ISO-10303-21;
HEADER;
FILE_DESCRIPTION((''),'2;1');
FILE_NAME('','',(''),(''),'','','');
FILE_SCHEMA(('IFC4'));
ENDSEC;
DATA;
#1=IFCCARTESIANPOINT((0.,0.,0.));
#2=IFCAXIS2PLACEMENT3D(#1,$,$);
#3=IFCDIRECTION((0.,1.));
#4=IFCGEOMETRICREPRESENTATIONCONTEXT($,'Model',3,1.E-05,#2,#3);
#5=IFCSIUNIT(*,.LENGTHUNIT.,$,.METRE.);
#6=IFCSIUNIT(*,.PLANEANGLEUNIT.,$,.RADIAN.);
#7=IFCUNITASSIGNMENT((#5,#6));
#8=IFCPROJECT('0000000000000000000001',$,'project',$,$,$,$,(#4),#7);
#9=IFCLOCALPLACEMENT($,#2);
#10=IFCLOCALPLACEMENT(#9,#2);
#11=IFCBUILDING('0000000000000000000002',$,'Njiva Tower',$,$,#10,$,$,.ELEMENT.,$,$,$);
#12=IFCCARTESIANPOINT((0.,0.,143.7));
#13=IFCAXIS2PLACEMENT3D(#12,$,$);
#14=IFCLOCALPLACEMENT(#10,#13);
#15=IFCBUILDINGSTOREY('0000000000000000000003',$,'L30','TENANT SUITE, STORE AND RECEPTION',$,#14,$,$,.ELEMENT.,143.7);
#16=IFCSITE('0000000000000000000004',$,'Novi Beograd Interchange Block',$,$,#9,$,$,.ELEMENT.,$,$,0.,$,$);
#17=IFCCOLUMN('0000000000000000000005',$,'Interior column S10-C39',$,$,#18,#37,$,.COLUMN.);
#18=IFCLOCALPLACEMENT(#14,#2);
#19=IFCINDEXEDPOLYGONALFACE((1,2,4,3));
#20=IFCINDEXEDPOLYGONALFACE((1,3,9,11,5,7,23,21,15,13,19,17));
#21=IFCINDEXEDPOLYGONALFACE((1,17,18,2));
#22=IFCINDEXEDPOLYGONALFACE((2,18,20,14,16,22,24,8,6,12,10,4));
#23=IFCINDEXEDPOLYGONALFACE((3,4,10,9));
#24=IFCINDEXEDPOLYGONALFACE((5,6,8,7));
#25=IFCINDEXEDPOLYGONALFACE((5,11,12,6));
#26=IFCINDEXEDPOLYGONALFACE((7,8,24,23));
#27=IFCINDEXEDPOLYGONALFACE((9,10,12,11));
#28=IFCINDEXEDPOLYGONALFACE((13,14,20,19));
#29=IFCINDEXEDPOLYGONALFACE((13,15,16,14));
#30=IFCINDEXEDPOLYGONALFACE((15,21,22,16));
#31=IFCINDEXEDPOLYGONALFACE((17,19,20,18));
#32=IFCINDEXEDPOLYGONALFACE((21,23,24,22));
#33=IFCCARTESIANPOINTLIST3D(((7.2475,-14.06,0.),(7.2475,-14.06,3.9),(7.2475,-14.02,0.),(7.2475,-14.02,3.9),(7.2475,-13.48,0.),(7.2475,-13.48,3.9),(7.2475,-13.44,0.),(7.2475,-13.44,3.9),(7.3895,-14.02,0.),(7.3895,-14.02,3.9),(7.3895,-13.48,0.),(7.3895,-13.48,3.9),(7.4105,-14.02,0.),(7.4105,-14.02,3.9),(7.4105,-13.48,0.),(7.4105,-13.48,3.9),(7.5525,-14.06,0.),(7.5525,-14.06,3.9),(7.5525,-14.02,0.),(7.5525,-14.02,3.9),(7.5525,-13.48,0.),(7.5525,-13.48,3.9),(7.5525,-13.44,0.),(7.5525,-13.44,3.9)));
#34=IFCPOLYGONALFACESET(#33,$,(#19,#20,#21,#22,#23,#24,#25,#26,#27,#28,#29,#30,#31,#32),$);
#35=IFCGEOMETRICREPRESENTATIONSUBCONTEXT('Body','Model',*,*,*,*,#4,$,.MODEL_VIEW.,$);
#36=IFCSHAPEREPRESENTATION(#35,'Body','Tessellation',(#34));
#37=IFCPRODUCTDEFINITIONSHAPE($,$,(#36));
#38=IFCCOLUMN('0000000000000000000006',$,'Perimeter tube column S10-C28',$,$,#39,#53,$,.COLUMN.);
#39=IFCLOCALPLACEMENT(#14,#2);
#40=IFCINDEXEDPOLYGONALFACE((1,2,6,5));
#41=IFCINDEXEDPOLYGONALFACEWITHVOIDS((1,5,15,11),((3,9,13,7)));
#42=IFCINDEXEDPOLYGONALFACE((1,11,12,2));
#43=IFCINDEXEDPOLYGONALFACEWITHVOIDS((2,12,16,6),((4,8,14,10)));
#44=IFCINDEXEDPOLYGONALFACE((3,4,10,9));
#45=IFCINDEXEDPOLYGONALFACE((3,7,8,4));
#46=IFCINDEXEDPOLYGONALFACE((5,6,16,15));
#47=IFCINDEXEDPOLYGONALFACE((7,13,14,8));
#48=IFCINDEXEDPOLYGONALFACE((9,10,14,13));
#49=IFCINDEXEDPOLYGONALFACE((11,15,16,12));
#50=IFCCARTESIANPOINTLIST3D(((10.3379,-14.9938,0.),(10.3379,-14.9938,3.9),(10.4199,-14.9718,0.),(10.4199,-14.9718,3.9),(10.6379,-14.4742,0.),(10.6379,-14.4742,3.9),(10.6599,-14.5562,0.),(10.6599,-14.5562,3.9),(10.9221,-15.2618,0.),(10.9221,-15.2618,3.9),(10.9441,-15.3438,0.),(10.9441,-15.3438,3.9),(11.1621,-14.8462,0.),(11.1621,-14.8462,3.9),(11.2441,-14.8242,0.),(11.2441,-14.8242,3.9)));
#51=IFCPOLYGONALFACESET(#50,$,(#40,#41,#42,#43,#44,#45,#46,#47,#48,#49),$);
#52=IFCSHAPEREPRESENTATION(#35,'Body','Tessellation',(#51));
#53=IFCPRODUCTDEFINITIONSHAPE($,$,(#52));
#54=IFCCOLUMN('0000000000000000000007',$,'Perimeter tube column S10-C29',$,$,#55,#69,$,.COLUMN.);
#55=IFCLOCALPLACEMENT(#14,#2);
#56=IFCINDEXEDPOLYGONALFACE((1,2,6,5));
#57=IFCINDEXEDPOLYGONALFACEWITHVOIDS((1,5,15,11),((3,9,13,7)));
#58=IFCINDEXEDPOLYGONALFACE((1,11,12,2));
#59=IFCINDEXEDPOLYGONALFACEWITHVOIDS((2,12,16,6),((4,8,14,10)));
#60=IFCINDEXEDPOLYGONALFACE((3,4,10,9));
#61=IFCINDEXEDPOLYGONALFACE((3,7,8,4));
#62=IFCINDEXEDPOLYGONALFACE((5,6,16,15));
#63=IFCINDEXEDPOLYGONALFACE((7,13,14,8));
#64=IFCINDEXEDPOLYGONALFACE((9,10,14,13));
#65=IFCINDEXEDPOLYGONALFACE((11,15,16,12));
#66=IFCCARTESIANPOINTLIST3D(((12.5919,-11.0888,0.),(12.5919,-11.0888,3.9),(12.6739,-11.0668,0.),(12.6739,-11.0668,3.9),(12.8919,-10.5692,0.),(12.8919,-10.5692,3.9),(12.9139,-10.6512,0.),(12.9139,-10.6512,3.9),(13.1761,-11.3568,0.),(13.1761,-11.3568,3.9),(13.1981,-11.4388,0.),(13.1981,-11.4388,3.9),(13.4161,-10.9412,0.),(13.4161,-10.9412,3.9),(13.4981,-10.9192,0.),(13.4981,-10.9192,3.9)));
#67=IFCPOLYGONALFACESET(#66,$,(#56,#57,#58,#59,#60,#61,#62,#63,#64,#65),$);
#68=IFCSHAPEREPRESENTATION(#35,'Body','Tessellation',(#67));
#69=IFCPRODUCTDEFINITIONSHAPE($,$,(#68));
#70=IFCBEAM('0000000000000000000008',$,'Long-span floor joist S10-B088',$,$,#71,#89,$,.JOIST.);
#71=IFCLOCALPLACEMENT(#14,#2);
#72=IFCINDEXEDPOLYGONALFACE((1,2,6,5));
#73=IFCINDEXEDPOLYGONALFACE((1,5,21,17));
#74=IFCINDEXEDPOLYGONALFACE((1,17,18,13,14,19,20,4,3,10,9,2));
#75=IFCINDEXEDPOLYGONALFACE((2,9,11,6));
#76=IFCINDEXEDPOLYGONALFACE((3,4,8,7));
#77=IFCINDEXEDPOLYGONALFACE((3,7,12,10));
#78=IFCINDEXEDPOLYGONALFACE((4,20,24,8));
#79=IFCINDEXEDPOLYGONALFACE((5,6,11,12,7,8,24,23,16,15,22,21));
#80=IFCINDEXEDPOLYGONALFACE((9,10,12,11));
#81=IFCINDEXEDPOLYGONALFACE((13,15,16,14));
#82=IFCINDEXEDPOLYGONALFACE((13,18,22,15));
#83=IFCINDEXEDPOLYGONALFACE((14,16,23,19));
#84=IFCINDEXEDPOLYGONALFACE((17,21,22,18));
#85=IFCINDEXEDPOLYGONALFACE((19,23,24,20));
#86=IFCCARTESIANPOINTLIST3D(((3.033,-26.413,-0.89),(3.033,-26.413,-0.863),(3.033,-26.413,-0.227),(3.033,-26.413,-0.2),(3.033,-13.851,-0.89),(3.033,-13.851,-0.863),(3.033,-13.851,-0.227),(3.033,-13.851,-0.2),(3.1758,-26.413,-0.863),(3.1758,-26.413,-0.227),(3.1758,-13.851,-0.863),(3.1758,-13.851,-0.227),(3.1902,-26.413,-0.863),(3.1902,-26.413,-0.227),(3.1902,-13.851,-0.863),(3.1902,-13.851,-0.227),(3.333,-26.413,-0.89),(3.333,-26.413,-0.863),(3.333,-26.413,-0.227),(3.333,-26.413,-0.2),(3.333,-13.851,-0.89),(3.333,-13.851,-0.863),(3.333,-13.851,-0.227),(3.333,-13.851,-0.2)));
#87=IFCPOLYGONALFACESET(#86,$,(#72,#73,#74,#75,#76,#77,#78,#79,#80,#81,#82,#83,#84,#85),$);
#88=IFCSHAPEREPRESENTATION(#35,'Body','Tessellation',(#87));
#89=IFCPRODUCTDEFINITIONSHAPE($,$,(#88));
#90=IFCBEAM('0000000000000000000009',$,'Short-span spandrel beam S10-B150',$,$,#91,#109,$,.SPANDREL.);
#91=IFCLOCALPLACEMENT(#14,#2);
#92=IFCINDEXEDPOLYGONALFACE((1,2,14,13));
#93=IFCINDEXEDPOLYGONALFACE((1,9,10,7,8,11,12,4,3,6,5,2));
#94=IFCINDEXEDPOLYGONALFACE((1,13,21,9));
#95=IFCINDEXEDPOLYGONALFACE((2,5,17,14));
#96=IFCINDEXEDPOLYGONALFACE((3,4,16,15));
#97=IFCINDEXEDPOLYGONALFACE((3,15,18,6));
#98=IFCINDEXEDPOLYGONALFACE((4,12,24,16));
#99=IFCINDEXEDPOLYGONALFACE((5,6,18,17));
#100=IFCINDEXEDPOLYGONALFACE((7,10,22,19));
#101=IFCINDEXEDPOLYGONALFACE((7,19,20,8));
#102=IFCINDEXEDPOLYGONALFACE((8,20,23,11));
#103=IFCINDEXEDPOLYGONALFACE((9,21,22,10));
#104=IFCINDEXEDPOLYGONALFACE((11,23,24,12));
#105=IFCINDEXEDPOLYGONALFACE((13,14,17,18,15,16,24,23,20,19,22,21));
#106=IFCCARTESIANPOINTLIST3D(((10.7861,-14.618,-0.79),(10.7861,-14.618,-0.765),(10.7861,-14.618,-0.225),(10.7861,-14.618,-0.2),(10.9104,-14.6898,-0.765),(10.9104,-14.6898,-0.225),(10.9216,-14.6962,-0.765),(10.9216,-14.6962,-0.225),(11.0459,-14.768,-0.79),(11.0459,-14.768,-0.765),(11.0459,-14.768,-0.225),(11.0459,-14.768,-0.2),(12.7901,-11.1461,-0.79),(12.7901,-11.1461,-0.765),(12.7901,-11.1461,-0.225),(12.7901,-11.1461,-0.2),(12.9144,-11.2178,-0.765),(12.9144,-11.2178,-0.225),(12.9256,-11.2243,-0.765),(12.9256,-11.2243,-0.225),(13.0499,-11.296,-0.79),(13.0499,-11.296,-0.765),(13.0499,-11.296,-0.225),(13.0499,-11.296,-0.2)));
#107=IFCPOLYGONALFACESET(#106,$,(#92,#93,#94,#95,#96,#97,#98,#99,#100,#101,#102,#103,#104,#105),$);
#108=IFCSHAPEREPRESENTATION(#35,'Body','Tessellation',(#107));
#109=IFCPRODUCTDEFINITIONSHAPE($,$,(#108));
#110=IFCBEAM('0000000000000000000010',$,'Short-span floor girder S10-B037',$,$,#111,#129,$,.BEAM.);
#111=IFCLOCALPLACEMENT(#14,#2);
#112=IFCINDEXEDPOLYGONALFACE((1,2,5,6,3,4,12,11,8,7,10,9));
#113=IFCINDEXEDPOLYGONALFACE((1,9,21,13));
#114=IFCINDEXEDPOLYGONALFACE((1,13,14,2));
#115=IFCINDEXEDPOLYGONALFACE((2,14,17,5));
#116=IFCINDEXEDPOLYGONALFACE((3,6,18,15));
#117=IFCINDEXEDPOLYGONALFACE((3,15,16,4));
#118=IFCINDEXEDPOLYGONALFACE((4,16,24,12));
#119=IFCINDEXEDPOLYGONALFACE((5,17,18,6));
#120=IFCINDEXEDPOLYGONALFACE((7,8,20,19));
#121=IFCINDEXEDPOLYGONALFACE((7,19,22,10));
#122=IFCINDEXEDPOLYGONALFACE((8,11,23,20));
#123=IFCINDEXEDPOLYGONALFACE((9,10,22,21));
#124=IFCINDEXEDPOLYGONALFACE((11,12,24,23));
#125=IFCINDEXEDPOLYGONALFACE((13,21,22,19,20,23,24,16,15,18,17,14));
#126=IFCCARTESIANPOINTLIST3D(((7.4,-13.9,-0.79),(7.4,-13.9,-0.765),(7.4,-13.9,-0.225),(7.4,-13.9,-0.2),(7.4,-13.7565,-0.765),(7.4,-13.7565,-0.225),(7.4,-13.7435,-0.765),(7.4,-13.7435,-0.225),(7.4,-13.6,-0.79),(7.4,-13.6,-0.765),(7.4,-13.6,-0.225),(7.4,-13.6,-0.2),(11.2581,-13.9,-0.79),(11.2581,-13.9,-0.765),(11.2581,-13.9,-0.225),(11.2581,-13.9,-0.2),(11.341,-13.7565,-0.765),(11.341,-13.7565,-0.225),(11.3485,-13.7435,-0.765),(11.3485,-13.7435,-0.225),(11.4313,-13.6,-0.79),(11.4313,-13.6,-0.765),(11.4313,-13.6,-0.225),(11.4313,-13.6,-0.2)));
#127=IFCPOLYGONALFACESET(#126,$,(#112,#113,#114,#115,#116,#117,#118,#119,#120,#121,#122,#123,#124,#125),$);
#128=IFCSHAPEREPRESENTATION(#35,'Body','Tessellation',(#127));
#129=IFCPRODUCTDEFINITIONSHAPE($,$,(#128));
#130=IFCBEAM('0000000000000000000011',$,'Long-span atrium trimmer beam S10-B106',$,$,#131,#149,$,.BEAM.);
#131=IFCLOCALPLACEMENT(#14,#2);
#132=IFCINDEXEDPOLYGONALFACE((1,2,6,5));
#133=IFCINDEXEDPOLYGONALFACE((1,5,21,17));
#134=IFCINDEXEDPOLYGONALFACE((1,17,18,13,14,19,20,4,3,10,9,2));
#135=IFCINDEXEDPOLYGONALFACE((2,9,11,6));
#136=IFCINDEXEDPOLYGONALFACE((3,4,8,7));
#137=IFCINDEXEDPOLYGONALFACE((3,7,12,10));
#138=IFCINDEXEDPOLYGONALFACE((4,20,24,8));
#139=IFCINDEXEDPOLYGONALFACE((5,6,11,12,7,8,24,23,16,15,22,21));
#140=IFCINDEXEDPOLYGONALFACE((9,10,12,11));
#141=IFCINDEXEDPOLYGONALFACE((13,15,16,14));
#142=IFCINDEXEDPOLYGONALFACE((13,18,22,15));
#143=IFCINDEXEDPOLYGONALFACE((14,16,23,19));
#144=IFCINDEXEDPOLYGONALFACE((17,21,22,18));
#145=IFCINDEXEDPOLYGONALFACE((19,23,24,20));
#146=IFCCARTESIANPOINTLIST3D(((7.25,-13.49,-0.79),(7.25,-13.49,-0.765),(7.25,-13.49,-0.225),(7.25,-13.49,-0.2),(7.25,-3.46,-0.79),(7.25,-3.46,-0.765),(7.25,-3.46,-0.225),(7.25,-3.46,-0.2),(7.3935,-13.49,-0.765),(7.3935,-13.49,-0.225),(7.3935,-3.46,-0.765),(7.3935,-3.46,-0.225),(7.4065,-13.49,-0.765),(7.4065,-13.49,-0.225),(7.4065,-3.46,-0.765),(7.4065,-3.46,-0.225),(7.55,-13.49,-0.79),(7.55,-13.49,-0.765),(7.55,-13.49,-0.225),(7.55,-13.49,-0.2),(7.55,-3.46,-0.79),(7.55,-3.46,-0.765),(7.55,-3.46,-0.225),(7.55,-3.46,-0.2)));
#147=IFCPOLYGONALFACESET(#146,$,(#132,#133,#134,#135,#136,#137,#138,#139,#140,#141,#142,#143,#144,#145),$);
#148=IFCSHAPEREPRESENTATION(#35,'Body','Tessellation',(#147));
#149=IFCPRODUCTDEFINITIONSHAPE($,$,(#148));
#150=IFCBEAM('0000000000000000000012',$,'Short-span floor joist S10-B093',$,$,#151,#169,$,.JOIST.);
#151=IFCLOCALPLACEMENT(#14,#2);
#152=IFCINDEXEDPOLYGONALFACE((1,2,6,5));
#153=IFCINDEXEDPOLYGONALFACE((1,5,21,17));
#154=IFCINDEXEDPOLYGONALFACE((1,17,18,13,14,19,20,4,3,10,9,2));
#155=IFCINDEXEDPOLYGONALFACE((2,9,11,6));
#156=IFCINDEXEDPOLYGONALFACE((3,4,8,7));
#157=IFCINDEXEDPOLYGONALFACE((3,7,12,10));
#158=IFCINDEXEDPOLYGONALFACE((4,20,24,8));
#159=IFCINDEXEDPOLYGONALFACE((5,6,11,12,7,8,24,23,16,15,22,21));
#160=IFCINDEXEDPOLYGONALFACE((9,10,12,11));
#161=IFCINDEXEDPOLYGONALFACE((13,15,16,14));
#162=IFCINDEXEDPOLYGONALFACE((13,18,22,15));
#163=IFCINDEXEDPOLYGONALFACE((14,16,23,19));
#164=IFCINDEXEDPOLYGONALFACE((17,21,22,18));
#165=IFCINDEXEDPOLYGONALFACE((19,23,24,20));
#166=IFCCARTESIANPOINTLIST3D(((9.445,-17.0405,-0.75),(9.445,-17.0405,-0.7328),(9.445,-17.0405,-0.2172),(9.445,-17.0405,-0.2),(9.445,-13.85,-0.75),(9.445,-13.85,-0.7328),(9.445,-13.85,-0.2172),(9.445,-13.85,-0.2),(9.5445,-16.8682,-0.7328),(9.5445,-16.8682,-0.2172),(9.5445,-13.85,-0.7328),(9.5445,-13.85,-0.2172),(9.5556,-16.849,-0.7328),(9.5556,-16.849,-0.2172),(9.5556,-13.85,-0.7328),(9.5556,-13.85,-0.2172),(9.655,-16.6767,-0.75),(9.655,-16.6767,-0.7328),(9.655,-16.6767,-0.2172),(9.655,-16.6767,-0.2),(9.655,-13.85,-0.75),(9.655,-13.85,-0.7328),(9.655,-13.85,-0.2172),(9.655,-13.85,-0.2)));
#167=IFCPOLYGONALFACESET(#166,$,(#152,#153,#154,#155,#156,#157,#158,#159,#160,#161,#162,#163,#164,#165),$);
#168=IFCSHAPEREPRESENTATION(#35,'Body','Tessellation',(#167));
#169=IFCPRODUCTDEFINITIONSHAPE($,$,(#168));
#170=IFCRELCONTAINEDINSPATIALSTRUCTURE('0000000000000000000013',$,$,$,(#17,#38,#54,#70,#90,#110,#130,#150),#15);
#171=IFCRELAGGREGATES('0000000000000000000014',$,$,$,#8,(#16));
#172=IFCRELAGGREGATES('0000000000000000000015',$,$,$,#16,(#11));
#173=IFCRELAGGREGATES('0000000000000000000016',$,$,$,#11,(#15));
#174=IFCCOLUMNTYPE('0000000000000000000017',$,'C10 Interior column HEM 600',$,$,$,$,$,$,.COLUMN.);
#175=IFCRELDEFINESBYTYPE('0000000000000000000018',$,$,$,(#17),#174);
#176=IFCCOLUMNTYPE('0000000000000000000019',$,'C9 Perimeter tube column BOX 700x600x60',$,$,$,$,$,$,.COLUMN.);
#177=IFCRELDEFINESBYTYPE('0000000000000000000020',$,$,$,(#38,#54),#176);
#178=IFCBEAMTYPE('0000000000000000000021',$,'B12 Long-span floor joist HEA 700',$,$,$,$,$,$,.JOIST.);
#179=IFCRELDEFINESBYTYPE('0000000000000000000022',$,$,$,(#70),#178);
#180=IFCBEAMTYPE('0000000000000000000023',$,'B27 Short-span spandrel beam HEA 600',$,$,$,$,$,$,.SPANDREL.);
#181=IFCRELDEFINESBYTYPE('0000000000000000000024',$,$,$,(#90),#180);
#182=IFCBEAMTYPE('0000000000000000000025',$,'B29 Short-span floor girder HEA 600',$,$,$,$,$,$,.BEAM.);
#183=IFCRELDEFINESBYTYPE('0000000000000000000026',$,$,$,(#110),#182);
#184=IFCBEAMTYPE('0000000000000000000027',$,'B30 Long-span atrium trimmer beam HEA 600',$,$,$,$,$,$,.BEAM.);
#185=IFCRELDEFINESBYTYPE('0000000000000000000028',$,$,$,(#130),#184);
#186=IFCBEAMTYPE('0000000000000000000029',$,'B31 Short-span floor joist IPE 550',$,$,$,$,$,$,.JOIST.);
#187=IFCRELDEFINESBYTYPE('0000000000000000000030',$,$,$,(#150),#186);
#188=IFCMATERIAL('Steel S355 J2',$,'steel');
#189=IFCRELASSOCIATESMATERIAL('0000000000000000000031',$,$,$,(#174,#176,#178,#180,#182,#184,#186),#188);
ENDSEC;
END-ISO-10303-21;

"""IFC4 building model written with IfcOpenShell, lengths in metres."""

from ifc_helpers import new_model, si_unit, direction, frame, origin, origin_2d, place, context, subcontext, project, spatial, hollow_rectangle, i_section, extrude, clip, halfspace, material, material_profile, profile_set, type_object, element, save


model = new_model("IFC4")

# Units and contexts
model_context = context("Model", 3, precision=1e-05, world=origin(), true_north=direction((0.0, 1.0)))
body_context = subcontext(model_context, "Body", "Model", "MODEL_VIEW")
ifc_project = project(units=[si_unit("LENGTHUNIT", "METRE"), si_unit("PLANEANGLEUNIT", "RADIAN")], contexts=[model_context])

# Site, building, storey
site_placement = place(None, origin())
site = spatial("IfcSite", under=ifc_project, at=site_placement, Name="Novi Beograd Interchange Block", CompositionType="ELEMENT", RefElevation=0.0)
building_placement = place(site_placement, origin())
building = spatial("IfcBuilding", under=site, at=building_placement, Name="Njiva Tower", CompositionType="ELEMENT")
storey_placement = place(building_placement, frame((0.0, 0.0, 143.7)))
storey = spatial("IfcBuildingStorey", under=building, at=storey_placement, Name="L30", Description="TENANT SUITE, STORE AND RECEPTION", CompositionType="ELEMENT", Elevation=143.7)

# Columns
ifc_material_1 = material(Name="Steel S355 J2", Category="steel")
ifc_material_profile_1 = material_profile(ifc_material_1, i_section(OverallWidth=0.305, OverallDepth=0.62, WebThickness=0.021, FlangeThickness=0.04, at=origin_2d()), Name="HEM 600")
ifc_profile_set_1 = profile_set([ifc_material_profile_1], Name="Steel S355 J2")
column_type_1 = type_object("IfcColumnType", Name="C10 Interior column HEM 600", PredefinedType="COLUMN", material=ifc_profile_set_1)
column_placement = place(storey_placement, frame((7.4, -13.75, 0.0), z_axis=(0.0, 0.0, 1.0), x_axis=(1.0, 0.0, 0.0)))
element("IfcColumn", 1, at=column_placement, inside=storey, type_object=column_type_1, Name="Interior column S10-C39", PredefinedType="COLUMN", context=body_context, shape_type="SweptSolid", body=[
    extrude(i_section(OverallWidth=0.305, OverallDepth=0.62, WebThickness=0.021, FlangeThickness=0.04, at=origin_2d()), origin(), (0.0, 0.0, 1.0), 3.9),
])
ifc_material_profile_2 = material_profile(ifc_material_1, hollow_rectangle(XDim=0.6, YDim=0.7, WallThickness=0.06, at=origin_2d()), Name="BOX 700x600x60")
ifc_profile_set_2 = profile_set([ifc_material_profile_2], Name="Steel S355 J2")
column_type_2 = type_object("IfcColumnType", Name="C9 Perimeter tube column BOX 700x600x60", PredefinedType="COLUMN", material=ifc_profile_set_2)
for number, where, z_axis, x_axis, name in (
    (2, (10.791, -14.909, 0.0), (0.0, 0.0, 1.0), (0.5, 0.866025, 0.0), "Perimeter tube column S10-C28"),
    (3, (13.045, -11.004, 0.0), (0.0, 0.0, 1.0), (0.5, 0.866025, 0.0), "Perimeter tube column S10-C29"),
):
    element("IfcColumn", number, at=place(storey_placement, frame(where, z_axis=z_axis, x_axis=x_axis)), inside=storey, type_object=column_type_2, Name=name, PredefinedType="COLUMN", context=body_context, shape_type="SweptSolid", body=[
        extrude(hollow_rectangle(XDim=0.6, YDim=0.7, WallThickness=0.06, at=origin_2d()), origin(), (0.0, 0.0, 1.0), 3.9),
    ])

# Beams
ifc_material_profile_3 = material_profile(ifc_material_1, i_section(OverallWidth=0.3, OverallDepth=0.69, WebThickness=0.0145, FlangeThickness=0.027, at=origin_2d()), Name="HEA 700")
ifc_profile_set_3 = profile_set([ifc_material_profile_3], Name="Steel S355 J2")
beam_type_1 = type_object("IfcBeamType", Name="B12 Long-span floor joist HEA 700", PredefinedType="JOIST", material=ifc_profile_set_3)
beam_1_placement = place(storey_placement, frame((3.183, -13.851, -0.545), z_axis=(0.0, -1.0, 0.0), x_axis=(1.0, 0.0, 0.0)))
element("IfcBeam", 4, at=beam_1_placement, inside=storey, type_object=beam_type_1, Name="Long-span floor joist S10-B088", PredefinedType="JOIST", context=body_context, shape_type="SweptSolid", body=[
    extrude(i_section(OverallWidth=0.3, OverallDepth=0.69, WebThickness=0.0145, FlangeThickness=0.027, at=origin_2d()), origin(), (0.0, 0.0, 1.0), 12.562),
])
ifc_material_profile_4 = material_profile(ifc_material_1, i_section(OverallWidth=0.3, OverallDepth=0.59, WebThickness=0.013, FlangeThickness=0.025, at=origin_2d()), Name="HEA 600")
ifc_profile_set_4 = profile_set([ifc_material_profile_4], Name="Steel S355 J2")
beam_type_2 = type_object("IfcBeamType", Name="B27 Short-span spandrel beam HEA 600", PredefinedType="SPANDREL", material=ifc_profile_set_4)
beam_2_placement = place(storey_placement, frame((10.916, -14.693, -0.495), z_axis=(0.499895, 0.866086, 0.0), x_axis=(-0.866086, 0.499895, 0.0)))
element("IfcBeam", 5, at=beam_2_placement, inside=storey, type_object=beam_type_2, Name="Short-span spandrel beam S10-B150", PredefinedType="SPANDREL", context=body_context, shape_type="SweptSolid", body=[
    extrude(i_section(OverallWidth=0.3, OverallDepth=0.59, WebThickness=0.013, FlangeThickness=0.025, at=origin_2d()), origin(), (0.0, 0.0, 1.0), 4.0088),
])
ifc_material_profile_5 = material_profile(ifc_material_1, i_section(OverallWidth=0.3, OverallDepth=0.59, WebThickness=0.013, FlangeThickness=0.025, at=origin_2d()), Name="HEA 600")
ifc_profile_set_5 = profile_set([ifc_material_profile_5], Name="Steel S355 J2")
beam_type_3 = type_object("IfcBeamType", Name="B29 Short-span floor girder HEA 600", PredefinedType="BEAM", material=ifc_profile_set_5)
beam_3_placement = place(storey_placement, frame((7.4, -13.75, -0.495), z_axis=(1.0, 0.0, 0.0), x_axis=(0.0, 1.0, 0.0)))
element("IfcBeam", 6, at=beam_3_placement, inside=storey, type_object=beam_type_3, Name="Short-span floor girder S10-B037", PredefinedType="BEAM", context=body_context, shape_type="Clipping", body=[
    clip(extrude(i_section(OverallWidth=0.3, OverallDepth=0.59, WebThickness=0.013, FlangeThickness=0.025, at=origin_2d()), origin(), (0.0, 0.0, 1.0), 4.052), halfspace(frame((-0.025, 0.0, 3.9303), z_axis=(-0.499998, 0.0, 0.866027), x_axis=(0.0, 1.0, 0.0)), False)),
])
ifc_material_profile_6 = material_profile(ifc_material_1, i_section(OverallWidth=0.3, OverallDepth=0.59, WebThickness=0.013, FlangeThickness=0.025, at=origin_2d()), Name="HEA 600")
ifc_profile_set_6 = profile_set([ifc_material_profile_6], Name="Steel S355 J2")
beam_type_4 = type_object("IfcBeamType", Name="B30 Long-span atrium trimmer beam HEA 600", PredefinedType="BEAM", material=ifc_profile_set_6)
beam_4_placement = place(storey_placement, frame((7.4, -13.49, -0.495), z_axis=(0.0, 1.0, 0.0), x_axis=(-1.0, 0.0, 0.0)))
element("IfcBeam", 7, at=beam_4_placement, inside=storey, type_object=beam_type_4, Name="Long-span atrium trimmer beam S10-B106", PredefinedType="BEAM", context=body_context, shape_type="SweptSolid", body=[
    extrude(i_section(OverallWidth=0.3, OverallDepth=0.59, WebThickness=0.013, FlangeThickness=0.025, at=origin_2d()), origin(), (0.0, 0.0, 1.0), 10.03),
])
ifc_material_profile_7 = material_profile(ifc_material_1, i_section(OverallWidth=0.21, OverallDepth=0.55, WebThickness=0.0111, FlangeThickness=0.0172, at=origin_2d()), Name="IPE 550")
ifc_profile_set_7 = profile_set([ifc_material_profile_7], Name="Steel S355 J2")
beam_type_5 = type_object("IfcBeamType", Name="B31 Short-span floor joist IPE 550", PredefinedType="JOIST", material=ifc_profile_set_7)
beam_5_placement = place(storey_placement, frame((9.55, -13.85, -0.475), z_axis=(0.0, -1.0, 0.0), x_axis=(1.0, 0.0, 0.0)))
element("IfcBeam", 8, at=beam_5_placement, inside=storey, type_object=beam_type_5, Name="Short-span floor joist S10-B093", PredefinedType="JOIST", context=body_context, shape_type="Clipping", body=[
    clip(extrude(i_section(OverallWidth=0.21, OverallDepth=0.55, WebThickness=0.0111, FlangeThickness=0.0172, at=origin_2d()), origin(), (0.0, 0.0, 1.0), 3.211), halfspace(frame((0.0433, 0.0, 2.9336), z_axis=(0.866027, 0.0, 0.499998), x_axis=(0.0, 1.0, 0.0)), False)),
])

save(model, "model.ifc")
